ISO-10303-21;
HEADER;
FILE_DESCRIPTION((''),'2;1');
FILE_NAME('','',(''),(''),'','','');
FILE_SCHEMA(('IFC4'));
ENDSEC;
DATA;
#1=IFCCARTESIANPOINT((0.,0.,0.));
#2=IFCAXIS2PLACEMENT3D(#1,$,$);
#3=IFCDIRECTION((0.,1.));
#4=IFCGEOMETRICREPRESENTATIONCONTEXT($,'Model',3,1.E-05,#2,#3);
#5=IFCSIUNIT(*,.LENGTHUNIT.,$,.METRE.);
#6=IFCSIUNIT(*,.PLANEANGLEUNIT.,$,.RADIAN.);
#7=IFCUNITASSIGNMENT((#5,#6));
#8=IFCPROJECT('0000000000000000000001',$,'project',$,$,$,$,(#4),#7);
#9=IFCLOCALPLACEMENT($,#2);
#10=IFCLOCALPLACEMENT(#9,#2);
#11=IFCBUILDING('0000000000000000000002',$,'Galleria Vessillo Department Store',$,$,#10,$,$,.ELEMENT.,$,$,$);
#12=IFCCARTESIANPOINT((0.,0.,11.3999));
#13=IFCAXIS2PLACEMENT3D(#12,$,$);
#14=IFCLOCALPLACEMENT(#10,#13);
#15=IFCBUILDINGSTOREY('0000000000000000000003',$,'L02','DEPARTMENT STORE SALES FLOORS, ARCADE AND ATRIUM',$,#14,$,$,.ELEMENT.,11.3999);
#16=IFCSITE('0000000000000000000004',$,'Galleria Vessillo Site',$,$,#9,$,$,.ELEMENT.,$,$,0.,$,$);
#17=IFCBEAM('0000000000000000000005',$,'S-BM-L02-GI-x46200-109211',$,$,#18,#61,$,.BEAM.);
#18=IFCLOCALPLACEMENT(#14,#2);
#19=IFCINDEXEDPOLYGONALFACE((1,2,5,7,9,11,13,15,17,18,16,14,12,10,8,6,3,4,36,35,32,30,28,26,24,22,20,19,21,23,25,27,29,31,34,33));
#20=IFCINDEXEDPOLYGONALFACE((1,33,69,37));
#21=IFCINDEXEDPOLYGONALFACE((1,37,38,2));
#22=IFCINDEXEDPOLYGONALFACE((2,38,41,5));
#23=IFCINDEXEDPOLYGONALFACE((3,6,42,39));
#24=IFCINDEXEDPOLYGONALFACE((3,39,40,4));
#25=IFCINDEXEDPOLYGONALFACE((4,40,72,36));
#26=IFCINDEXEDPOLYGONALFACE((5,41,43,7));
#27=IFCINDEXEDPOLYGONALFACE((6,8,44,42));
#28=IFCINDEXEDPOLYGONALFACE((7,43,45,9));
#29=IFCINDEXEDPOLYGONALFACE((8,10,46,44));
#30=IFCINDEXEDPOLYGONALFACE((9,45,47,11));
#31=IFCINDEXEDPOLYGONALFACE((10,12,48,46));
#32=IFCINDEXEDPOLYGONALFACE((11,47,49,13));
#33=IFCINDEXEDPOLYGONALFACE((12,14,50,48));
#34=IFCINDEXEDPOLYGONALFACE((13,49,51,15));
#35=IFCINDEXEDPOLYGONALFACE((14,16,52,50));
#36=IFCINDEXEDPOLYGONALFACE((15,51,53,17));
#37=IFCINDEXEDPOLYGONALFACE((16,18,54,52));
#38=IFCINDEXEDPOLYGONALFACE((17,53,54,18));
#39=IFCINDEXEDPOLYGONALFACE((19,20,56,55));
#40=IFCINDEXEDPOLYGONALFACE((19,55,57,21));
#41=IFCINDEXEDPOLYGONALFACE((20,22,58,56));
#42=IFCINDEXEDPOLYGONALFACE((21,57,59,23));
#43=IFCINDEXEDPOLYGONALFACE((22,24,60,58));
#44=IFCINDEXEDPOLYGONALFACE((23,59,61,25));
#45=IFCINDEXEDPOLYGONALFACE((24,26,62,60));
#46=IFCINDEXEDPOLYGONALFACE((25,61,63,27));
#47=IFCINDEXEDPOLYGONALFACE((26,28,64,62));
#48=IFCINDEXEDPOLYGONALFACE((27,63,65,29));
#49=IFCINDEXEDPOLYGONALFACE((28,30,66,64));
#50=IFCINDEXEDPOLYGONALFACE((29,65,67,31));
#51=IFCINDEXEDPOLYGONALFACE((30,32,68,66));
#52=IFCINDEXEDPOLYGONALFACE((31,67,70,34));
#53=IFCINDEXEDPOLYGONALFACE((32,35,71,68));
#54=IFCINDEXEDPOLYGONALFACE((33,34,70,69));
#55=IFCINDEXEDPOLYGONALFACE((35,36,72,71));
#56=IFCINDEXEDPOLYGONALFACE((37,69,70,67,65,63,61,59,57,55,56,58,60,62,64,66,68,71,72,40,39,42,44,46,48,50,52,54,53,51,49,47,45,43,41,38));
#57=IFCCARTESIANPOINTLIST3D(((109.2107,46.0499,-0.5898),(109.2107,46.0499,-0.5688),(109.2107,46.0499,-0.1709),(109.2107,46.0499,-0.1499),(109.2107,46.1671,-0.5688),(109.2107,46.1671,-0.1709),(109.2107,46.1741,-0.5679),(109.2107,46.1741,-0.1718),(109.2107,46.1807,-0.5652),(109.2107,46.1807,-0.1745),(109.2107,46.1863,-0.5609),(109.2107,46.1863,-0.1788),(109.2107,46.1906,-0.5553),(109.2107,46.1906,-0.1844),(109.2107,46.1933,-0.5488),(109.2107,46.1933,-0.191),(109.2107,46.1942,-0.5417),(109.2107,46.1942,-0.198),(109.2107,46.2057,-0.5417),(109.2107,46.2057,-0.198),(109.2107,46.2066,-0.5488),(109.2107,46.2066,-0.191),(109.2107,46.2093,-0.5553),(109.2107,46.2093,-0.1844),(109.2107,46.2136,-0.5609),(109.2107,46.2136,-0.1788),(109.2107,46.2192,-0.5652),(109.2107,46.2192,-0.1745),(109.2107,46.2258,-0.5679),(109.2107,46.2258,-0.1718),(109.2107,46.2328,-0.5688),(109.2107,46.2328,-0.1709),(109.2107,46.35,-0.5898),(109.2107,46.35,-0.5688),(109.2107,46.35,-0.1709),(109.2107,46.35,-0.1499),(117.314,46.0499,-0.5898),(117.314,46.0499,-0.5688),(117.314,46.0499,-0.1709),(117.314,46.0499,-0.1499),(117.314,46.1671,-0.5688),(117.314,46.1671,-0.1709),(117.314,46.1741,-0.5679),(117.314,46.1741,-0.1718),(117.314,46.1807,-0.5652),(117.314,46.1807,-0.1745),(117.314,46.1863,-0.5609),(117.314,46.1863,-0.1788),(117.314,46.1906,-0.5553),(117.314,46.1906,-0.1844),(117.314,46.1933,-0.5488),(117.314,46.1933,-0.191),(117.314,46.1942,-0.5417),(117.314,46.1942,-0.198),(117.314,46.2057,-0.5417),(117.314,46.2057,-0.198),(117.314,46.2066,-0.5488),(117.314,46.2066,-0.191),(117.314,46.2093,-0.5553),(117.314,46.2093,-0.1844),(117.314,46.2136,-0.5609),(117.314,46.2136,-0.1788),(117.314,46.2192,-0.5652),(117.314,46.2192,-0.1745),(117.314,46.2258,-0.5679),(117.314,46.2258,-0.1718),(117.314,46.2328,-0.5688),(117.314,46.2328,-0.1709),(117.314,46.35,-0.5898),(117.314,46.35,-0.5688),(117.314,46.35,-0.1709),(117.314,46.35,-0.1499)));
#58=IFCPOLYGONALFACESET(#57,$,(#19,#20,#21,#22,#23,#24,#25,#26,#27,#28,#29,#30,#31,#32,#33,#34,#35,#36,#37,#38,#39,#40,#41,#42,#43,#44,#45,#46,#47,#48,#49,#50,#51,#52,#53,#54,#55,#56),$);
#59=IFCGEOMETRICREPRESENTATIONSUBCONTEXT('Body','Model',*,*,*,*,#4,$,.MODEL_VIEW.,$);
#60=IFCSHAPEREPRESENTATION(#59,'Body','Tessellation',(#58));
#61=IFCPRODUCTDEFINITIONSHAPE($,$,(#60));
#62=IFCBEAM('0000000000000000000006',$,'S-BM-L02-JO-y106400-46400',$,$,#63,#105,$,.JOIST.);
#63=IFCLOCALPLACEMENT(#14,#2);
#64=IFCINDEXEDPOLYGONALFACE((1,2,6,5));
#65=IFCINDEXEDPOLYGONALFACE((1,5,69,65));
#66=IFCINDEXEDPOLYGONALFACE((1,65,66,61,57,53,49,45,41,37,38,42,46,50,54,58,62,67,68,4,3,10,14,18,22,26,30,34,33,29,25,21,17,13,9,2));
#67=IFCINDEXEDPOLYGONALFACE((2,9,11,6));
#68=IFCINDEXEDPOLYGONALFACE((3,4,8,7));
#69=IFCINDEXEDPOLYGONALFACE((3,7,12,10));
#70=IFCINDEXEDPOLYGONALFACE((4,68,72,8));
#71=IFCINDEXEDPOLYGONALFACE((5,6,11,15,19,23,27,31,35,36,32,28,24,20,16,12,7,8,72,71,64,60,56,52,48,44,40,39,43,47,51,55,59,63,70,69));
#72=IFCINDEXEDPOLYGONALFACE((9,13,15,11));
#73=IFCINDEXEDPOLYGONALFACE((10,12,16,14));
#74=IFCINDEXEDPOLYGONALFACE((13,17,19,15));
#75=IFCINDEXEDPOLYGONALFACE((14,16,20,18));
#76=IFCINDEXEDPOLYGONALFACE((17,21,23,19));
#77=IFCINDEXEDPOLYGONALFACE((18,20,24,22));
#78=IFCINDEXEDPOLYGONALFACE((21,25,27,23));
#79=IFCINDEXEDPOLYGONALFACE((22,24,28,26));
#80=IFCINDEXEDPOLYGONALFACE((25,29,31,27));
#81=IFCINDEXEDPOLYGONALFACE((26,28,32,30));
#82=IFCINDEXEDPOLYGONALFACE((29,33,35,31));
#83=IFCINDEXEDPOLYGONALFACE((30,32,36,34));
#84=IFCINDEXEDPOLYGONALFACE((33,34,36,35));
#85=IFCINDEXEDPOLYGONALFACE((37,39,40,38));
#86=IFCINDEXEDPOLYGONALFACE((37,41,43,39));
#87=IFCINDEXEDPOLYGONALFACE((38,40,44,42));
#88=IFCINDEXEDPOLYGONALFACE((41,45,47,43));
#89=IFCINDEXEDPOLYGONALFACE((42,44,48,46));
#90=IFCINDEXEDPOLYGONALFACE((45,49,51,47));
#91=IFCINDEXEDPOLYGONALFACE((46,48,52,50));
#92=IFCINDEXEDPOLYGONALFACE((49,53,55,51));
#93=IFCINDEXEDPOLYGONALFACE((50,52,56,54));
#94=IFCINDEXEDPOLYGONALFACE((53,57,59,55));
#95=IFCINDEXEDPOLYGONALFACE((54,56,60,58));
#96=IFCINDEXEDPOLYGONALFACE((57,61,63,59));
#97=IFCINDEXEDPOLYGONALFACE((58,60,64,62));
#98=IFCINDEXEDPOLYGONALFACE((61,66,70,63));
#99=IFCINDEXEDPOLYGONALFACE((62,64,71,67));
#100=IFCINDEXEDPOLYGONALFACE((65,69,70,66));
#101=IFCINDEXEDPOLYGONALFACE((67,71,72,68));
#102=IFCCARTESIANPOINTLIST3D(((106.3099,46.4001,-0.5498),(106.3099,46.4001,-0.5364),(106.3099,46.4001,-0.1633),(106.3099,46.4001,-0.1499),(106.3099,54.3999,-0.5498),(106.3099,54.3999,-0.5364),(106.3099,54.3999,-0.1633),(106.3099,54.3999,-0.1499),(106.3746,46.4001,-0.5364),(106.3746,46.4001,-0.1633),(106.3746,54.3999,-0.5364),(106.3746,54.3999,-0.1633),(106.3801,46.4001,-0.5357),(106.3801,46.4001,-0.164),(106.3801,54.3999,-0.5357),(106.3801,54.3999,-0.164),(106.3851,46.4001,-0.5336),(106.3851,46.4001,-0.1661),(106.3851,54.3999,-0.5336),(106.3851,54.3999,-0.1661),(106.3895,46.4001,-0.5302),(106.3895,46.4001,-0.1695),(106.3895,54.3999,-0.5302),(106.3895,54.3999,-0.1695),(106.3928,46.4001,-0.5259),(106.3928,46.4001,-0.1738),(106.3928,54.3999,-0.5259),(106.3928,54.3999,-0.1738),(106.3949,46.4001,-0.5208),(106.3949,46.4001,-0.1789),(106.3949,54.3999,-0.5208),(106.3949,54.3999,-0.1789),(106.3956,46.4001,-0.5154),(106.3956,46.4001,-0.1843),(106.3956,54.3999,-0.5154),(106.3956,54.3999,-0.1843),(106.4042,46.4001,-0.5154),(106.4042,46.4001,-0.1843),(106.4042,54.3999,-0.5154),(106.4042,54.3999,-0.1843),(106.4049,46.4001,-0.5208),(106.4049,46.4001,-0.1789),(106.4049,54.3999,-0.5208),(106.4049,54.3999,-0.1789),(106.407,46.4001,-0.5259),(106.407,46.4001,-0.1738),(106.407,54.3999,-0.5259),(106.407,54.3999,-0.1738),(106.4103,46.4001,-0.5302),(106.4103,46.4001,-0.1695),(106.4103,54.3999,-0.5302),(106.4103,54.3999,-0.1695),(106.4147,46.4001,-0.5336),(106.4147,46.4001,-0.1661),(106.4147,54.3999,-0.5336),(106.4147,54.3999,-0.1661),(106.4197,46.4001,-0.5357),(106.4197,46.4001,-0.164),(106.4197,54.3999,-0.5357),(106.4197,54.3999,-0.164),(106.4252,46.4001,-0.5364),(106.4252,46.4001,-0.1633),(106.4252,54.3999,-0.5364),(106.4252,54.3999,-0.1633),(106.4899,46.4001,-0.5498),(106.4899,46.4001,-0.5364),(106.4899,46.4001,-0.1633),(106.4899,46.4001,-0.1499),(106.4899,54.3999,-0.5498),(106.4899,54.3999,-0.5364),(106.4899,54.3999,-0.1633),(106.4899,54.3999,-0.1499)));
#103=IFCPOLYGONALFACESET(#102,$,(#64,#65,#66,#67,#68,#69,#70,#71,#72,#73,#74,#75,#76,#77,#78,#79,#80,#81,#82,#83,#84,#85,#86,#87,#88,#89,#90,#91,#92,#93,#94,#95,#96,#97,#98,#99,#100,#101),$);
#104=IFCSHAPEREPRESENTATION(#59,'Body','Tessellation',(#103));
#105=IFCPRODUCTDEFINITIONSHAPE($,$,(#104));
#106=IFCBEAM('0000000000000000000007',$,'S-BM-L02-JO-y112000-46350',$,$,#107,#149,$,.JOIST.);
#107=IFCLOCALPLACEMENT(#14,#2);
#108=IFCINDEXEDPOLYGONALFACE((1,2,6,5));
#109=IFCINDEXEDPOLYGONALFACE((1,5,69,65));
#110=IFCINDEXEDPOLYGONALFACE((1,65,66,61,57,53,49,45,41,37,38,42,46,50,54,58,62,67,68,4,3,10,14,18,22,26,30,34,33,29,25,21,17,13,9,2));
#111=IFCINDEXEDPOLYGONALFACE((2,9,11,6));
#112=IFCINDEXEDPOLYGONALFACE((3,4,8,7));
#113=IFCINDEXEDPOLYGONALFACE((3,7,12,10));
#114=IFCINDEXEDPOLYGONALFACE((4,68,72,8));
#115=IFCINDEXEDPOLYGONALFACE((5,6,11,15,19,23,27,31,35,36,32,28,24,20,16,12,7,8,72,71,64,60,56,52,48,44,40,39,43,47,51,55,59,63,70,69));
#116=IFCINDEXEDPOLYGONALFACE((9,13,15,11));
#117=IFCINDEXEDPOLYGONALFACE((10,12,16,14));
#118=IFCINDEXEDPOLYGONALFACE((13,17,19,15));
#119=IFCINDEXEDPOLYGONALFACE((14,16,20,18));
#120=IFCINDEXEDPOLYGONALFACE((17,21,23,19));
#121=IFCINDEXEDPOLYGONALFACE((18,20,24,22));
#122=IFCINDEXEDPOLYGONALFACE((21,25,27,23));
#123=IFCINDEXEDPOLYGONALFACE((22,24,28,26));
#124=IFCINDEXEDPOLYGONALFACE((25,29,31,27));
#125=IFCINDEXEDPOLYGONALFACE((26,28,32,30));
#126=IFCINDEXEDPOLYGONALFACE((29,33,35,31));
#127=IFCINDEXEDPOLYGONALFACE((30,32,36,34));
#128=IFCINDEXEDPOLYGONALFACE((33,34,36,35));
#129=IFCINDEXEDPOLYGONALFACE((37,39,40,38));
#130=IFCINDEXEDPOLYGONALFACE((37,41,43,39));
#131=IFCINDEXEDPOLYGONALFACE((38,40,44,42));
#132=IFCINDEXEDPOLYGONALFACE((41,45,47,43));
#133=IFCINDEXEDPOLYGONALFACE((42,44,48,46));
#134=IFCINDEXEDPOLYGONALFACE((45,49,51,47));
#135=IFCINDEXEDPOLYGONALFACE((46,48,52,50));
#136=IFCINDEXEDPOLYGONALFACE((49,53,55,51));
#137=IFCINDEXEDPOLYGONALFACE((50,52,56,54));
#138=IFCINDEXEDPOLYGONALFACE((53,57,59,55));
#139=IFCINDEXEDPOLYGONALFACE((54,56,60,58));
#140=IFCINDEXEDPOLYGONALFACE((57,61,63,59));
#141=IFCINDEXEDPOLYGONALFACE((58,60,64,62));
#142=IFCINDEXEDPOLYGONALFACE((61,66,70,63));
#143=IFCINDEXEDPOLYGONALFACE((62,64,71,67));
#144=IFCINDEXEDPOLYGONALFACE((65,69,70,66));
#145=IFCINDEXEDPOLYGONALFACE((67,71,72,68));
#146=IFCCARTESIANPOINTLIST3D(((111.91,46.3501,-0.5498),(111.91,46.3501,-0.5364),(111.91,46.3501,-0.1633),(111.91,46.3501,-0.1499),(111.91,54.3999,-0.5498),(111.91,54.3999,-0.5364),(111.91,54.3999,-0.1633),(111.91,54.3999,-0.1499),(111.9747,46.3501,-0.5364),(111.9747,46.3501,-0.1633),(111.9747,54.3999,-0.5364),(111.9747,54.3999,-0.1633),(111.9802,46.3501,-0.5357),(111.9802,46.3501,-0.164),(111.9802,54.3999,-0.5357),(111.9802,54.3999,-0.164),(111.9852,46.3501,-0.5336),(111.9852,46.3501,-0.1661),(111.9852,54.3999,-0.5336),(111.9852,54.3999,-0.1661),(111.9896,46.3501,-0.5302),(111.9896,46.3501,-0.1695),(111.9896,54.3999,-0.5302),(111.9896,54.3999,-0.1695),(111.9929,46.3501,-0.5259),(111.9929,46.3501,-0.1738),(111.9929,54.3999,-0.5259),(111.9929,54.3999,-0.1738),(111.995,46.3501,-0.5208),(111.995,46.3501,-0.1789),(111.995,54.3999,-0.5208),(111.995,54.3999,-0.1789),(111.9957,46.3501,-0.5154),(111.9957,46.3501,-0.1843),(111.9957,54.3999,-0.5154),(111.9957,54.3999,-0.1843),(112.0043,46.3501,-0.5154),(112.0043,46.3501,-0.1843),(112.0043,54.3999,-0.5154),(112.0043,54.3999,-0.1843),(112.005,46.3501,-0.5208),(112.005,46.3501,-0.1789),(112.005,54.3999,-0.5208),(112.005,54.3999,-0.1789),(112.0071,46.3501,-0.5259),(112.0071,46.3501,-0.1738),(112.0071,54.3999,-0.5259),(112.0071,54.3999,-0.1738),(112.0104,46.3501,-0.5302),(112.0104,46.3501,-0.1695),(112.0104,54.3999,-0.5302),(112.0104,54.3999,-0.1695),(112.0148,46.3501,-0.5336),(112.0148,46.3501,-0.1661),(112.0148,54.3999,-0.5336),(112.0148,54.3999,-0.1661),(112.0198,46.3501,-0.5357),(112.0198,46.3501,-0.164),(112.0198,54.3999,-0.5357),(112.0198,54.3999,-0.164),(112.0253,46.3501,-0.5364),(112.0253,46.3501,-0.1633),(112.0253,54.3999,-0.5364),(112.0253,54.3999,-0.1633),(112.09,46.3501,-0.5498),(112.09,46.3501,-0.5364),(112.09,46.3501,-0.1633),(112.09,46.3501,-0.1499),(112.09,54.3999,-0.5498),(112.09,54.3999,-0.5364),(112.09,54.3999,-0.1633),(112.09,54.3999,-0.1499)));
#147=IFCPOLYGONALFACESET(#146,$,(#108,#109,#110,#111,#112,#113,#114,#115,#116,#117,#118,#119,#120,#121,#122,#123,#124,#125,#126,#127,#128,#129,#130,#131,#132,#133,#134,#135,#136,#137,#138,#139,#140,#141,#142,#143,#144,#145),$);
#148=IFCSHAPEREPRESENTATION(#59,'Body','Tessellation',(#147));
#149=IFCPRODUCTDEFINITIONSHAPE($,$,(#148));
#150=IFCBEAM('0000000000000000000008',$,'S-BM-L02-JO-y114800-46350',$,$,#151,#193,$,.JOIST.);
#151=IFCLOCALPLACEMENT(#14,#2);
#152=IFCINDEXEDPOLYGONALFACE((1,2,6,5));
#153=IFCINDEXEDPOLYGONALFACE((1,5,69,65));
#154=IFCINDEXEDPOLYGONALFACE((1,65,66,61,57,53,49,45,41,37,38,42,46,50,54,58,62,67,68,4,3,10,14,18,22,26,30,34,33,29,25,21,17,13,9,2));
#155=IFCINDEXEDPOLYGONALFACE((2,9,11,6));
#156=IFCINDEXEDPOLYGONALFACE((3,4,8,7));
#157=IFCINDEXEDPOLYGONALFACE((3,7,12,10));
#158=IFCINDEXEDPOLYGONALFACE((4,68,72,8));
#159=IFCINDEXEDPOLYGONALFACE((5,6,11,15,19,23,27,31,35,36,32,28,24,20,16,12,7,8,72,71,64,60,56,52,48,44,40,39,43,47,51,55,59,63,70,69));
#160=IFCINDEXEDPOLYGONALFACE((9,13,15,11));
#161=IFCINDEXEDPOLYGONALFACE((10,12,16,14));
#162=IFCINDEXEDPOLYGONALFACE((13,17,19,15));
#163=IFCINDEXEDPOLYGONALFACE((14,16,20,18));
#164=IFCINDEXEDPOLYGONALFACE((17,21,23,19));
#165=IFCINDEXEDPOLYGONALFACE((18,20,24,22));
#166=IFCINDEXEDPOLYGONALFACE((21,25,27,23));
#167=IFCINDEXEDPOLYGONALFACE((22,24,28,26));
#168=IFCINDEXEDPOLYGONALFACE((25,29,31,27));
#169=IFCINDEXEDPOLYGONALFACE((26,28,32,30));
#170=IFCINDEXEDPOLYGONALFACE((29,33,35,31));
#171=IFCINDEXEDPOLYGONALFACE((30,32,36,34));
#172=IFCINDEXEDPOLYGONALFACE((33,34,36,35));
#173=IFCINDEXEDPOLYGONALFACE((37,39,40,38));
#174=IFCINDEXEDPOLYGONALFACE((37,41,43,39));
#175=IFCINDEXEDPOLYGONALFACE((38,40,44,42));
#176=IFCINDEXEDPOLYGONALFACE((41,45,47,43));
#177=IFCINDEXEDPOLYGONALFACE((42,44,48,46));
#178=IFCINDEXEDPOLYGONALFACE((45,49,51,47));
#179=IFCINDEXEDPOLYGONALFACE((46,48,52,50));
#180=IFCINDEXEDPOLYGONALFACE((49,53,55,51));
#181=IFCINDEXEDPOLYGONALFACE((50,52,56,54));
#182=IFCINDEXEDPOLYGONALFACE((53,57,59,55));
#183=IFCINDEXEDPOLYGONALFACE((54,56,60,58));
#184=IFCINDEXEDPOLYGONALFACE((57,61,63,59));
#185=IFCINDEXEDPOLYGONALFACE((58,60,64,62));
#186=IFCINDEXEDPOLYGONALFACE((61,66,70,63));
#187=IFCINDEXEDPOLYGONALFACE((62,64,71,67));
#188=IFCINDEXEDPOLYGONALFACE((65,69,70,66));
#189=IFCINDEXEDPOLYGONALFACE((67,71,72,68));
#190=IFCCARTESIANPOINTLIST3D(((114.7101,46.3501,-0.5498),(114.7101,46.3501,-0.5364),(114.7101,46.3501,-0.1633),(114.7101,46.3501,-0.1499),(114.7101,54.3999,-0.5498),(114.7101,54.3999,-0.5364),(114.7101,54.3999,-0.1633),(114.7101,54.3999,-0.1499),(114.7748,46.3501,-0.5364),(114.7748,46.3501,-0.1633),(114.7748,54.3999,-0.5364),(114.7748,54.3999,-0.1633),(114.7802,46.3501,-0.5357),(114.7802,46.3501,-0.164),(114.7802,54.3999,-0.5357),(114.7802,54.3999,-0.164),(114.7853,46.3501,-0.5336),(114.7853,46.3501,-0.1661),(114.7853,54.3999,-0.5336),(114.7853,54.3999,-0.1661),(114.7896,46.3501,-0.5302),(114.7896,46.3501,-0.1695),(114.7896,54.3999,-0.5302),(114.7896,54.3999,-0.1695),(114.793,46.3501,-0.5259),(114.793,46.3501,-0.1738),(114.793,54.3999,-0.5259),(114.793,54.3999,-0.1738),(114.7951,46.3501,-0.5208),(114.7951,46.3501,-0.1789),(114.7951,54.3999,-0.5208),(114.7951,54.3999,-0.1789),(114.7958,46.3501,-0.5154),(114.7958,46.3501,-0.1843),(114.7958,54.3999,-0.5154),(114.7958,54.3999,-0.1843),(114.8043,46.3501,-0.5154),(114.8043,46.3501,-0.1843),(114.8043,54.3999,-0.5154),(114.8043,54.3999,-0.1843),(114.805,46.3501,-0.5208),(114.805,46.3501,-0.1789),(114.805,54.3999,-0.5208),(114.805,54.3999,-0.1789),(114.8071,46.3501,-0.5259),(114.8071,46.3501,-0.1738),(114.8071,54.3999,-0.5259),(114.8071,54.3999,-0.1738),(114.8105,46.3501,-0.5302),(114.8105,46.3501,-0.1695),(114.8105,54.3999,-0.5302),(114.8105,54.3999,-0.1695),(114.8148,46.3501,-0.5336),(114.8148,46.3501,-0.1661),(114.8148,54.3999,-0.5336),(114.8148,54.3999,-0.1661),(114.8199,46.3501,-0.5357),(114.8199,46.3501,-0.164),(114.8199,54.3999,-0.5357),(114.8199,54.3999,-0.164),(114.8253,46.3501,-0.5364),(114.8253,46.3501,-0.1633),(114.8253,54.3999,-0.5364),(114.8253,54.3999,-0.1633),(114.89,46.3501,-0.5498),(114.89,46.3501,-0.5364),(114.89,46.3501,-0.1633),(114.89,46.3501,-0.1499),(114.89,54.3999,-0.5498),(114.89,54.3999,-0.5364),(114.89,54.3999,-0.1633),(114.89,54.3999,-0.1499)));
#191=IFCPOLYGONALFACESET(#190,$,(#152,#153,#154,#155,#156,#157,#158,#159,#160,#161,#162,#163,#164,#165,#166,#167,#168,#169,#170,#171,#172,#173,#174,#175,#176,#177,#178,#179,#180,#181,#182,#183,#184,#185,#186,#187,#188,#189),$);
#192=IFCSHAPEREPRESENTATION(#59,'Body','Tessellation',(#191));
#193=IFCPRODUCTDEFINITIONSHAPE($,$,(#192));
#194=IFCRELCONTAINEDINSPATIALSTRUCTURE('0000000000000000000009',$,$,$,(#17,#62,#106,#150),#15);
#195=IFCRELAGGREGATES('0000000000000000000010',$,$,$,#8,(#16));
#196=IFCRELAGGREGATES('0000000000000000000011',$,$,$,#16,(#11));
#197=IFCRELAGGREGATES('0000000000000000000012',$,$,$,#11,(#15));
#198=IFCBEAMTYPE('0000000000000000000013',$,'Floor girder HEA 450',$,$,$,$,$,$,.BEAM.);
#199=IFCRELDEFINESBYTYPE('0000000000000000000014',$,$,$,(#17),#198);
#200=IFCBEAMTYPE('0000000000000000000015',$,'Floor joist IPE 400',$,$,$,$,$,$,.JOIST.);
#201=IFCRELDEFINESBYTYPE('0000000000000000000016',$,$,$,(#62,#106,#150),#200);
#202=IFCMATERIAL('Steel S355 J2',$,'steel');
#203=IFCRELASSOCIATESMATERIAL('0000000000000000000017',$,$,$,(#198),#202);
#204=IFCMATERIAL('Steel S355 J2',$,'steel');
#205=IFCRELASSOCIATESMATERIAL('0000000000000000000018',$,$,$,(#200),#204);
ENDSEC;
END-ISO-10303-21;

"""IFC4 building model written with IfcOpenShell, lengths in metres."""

from ifc_helpers import new_model, si_unit, direction, frame, origin, origin_2d, place, context, subcontext, project, spatial, i_section, extrude, material, material_profile, profile_set, type_object, element, save


model = new_model("IFC4")

# Units and contexts
model_context = context("Model", 3, precision=1e-05, world=origin(), true_north=direction((0.0, 1.0)))
body_context = subcontext(model_context, "Body", "Model", "MODEL_VIEW")
ifc_project = project(units=[si_unit("LENGTHUNIT", "METRE"), si_unit("PLANEANGLEUNIT", "RADIAN")], contexts=[model_context])

# Site, building, storey
site_placement = place(None, origin())
site = spatial("IfcSite", under=ifc_project, at=site_placement, Name="Galleria Vessillo Site", CompositionType="ELEMENT", RefElevation=0.0)
building_placement = place(site_placement, origin())
building = spatial("IfcBuilding", under=site, at=building_placement, Name="Galleria Vessillo Department Store", CompositionType="ELEMENT")
storey_placement = place(building_placement, frame((0.0, 0.0, 11.3999)))
storey = spatial("IfcBuildingStorey", under=building, at=storey_placement, Name="L02", Description="DEPARTMENT STORE SALES FLOORS, ARCADE AND ATRIUM", CompositionType="ELEMENT", Elevation=11.3999)

# Beams
ifc_material_1 = material(Name="Steel S355 J2", Category="steel")
ifc_material_profile_1 = material_profile(ifc_material_1, i_section(OverallWidth=0.3, OverallDepth=0.4399, WebThickness=0.0115, FlangeThickness=0.021, FilletRadius=0.0271, at=origin_2d()), Name="HEA 450")
ifc_profile_set_1 = profile_set([ifc_material_profile_1], Name="Steel S355 J2")
beam_type_1 = type_object("IfcBeamType", Name="Floor girder HEA 450", PredefinedType="BEAM", material=ifc_profile_set_1)
beam_1_placement = place(storey_placement, frame((109.2107, 46.2, -0.3699), z_axis=(1.0, 0.0, 0.0), x_axis=(0.0, 1.0, 0.0)))
element("IfcBeam", 1, at=beam_1_placement, inside=storey, type_object=beam_type_1, Name="S-BM-L02-GI-x46200-109211", PredefinedType="BEAM", context=body_context, shape_type="SweptSolid", body=[
    extrude(i_section(OverallWidth=0.3, OverallDepth=0.4399, WebThickness=0.0115, FlangeThickness=0.021, FilletRadius=0.0271, at=origin_2d()), origin(), (0.0, 0.0, 1.0), 8.1033),
])
ifc_material_2 = material(Name="Steel S355 J2", Category="steel")
ifc_material_profile_2 = material_profile(ifc_material_2, i_section(OverallWidth=0.1799, OverallDepth=0.3999, WebThickness=0.0085, FlangeThickness=0.0134, FilletRadius=0.021, at=origin_2d()), Name="IPE 400")
ifc_profile_set_2 = profile_set([ifc_material_profile_2], Name="Steel S355 J2")
beam_type_2 = type_object("IfcBeamType", Name="Floor joist IPE 400", PredefinedType="JOIST", material=ifc_profile_set_2)
beam_2_placement = place(storey_placement, frame((106.3999, 46.4001, -0.3499), z_axis=(0.0, 1.0, 0.0), x_axis=(-1.0, 0.0, 0.0)))
element("IfcBeam", 2, at=beam_2_placement, inside=storey, type_object=beam_type_2, Name="S-BM-L02-JO-y106400-46400", PredefinedType="JOIST", context=body_context, shape_type="SweptSolid", body=[
    extrude(i_section(OverallWidth=0.1799, OverallDepth=0.3999, WebThickness=0.0085, FlangeThickness=0.0134, FilletRadius=0.021, at=origin_2d()), origin(), (0.0, 0.0, 1.0), 7.9998),
])
for number, where, z_axis, x_axis, name in (
    (3, (112.0, 46.3501, -0.3499), (0.0, 1.0, 0.0), (-1.0, 0.0, 0.0), "S-BM-L02-JO-y112000-46350"),
    (4, (114.8, 46.3501, -0.3499), (0.0, 1.0, 0.0), (-1.0, 0.0, 0.0), "S-BM-L02-JO-y114800-46350"),
):
    element("IfcBeam", number, at=place(storey_placement, frame(where, z_axis=z_axis, x_axis=x_axis)), inside=storey, type_object=beam_type_2, Name=name, PredefinedType="JOIST", context=body_context, shape_type="SweptSolid", body=[
        extrude(i_section(OverallWidth=0.1799, OverallDepth=0.3999, WebThickness=0.0085, FlangeThickness=0.0134, FilletRadius=0.021, at=origin_2d()), origin(), (0.0, 0.0, 1.0), 8.0498),
    ])

save(model, "model.ifc")
